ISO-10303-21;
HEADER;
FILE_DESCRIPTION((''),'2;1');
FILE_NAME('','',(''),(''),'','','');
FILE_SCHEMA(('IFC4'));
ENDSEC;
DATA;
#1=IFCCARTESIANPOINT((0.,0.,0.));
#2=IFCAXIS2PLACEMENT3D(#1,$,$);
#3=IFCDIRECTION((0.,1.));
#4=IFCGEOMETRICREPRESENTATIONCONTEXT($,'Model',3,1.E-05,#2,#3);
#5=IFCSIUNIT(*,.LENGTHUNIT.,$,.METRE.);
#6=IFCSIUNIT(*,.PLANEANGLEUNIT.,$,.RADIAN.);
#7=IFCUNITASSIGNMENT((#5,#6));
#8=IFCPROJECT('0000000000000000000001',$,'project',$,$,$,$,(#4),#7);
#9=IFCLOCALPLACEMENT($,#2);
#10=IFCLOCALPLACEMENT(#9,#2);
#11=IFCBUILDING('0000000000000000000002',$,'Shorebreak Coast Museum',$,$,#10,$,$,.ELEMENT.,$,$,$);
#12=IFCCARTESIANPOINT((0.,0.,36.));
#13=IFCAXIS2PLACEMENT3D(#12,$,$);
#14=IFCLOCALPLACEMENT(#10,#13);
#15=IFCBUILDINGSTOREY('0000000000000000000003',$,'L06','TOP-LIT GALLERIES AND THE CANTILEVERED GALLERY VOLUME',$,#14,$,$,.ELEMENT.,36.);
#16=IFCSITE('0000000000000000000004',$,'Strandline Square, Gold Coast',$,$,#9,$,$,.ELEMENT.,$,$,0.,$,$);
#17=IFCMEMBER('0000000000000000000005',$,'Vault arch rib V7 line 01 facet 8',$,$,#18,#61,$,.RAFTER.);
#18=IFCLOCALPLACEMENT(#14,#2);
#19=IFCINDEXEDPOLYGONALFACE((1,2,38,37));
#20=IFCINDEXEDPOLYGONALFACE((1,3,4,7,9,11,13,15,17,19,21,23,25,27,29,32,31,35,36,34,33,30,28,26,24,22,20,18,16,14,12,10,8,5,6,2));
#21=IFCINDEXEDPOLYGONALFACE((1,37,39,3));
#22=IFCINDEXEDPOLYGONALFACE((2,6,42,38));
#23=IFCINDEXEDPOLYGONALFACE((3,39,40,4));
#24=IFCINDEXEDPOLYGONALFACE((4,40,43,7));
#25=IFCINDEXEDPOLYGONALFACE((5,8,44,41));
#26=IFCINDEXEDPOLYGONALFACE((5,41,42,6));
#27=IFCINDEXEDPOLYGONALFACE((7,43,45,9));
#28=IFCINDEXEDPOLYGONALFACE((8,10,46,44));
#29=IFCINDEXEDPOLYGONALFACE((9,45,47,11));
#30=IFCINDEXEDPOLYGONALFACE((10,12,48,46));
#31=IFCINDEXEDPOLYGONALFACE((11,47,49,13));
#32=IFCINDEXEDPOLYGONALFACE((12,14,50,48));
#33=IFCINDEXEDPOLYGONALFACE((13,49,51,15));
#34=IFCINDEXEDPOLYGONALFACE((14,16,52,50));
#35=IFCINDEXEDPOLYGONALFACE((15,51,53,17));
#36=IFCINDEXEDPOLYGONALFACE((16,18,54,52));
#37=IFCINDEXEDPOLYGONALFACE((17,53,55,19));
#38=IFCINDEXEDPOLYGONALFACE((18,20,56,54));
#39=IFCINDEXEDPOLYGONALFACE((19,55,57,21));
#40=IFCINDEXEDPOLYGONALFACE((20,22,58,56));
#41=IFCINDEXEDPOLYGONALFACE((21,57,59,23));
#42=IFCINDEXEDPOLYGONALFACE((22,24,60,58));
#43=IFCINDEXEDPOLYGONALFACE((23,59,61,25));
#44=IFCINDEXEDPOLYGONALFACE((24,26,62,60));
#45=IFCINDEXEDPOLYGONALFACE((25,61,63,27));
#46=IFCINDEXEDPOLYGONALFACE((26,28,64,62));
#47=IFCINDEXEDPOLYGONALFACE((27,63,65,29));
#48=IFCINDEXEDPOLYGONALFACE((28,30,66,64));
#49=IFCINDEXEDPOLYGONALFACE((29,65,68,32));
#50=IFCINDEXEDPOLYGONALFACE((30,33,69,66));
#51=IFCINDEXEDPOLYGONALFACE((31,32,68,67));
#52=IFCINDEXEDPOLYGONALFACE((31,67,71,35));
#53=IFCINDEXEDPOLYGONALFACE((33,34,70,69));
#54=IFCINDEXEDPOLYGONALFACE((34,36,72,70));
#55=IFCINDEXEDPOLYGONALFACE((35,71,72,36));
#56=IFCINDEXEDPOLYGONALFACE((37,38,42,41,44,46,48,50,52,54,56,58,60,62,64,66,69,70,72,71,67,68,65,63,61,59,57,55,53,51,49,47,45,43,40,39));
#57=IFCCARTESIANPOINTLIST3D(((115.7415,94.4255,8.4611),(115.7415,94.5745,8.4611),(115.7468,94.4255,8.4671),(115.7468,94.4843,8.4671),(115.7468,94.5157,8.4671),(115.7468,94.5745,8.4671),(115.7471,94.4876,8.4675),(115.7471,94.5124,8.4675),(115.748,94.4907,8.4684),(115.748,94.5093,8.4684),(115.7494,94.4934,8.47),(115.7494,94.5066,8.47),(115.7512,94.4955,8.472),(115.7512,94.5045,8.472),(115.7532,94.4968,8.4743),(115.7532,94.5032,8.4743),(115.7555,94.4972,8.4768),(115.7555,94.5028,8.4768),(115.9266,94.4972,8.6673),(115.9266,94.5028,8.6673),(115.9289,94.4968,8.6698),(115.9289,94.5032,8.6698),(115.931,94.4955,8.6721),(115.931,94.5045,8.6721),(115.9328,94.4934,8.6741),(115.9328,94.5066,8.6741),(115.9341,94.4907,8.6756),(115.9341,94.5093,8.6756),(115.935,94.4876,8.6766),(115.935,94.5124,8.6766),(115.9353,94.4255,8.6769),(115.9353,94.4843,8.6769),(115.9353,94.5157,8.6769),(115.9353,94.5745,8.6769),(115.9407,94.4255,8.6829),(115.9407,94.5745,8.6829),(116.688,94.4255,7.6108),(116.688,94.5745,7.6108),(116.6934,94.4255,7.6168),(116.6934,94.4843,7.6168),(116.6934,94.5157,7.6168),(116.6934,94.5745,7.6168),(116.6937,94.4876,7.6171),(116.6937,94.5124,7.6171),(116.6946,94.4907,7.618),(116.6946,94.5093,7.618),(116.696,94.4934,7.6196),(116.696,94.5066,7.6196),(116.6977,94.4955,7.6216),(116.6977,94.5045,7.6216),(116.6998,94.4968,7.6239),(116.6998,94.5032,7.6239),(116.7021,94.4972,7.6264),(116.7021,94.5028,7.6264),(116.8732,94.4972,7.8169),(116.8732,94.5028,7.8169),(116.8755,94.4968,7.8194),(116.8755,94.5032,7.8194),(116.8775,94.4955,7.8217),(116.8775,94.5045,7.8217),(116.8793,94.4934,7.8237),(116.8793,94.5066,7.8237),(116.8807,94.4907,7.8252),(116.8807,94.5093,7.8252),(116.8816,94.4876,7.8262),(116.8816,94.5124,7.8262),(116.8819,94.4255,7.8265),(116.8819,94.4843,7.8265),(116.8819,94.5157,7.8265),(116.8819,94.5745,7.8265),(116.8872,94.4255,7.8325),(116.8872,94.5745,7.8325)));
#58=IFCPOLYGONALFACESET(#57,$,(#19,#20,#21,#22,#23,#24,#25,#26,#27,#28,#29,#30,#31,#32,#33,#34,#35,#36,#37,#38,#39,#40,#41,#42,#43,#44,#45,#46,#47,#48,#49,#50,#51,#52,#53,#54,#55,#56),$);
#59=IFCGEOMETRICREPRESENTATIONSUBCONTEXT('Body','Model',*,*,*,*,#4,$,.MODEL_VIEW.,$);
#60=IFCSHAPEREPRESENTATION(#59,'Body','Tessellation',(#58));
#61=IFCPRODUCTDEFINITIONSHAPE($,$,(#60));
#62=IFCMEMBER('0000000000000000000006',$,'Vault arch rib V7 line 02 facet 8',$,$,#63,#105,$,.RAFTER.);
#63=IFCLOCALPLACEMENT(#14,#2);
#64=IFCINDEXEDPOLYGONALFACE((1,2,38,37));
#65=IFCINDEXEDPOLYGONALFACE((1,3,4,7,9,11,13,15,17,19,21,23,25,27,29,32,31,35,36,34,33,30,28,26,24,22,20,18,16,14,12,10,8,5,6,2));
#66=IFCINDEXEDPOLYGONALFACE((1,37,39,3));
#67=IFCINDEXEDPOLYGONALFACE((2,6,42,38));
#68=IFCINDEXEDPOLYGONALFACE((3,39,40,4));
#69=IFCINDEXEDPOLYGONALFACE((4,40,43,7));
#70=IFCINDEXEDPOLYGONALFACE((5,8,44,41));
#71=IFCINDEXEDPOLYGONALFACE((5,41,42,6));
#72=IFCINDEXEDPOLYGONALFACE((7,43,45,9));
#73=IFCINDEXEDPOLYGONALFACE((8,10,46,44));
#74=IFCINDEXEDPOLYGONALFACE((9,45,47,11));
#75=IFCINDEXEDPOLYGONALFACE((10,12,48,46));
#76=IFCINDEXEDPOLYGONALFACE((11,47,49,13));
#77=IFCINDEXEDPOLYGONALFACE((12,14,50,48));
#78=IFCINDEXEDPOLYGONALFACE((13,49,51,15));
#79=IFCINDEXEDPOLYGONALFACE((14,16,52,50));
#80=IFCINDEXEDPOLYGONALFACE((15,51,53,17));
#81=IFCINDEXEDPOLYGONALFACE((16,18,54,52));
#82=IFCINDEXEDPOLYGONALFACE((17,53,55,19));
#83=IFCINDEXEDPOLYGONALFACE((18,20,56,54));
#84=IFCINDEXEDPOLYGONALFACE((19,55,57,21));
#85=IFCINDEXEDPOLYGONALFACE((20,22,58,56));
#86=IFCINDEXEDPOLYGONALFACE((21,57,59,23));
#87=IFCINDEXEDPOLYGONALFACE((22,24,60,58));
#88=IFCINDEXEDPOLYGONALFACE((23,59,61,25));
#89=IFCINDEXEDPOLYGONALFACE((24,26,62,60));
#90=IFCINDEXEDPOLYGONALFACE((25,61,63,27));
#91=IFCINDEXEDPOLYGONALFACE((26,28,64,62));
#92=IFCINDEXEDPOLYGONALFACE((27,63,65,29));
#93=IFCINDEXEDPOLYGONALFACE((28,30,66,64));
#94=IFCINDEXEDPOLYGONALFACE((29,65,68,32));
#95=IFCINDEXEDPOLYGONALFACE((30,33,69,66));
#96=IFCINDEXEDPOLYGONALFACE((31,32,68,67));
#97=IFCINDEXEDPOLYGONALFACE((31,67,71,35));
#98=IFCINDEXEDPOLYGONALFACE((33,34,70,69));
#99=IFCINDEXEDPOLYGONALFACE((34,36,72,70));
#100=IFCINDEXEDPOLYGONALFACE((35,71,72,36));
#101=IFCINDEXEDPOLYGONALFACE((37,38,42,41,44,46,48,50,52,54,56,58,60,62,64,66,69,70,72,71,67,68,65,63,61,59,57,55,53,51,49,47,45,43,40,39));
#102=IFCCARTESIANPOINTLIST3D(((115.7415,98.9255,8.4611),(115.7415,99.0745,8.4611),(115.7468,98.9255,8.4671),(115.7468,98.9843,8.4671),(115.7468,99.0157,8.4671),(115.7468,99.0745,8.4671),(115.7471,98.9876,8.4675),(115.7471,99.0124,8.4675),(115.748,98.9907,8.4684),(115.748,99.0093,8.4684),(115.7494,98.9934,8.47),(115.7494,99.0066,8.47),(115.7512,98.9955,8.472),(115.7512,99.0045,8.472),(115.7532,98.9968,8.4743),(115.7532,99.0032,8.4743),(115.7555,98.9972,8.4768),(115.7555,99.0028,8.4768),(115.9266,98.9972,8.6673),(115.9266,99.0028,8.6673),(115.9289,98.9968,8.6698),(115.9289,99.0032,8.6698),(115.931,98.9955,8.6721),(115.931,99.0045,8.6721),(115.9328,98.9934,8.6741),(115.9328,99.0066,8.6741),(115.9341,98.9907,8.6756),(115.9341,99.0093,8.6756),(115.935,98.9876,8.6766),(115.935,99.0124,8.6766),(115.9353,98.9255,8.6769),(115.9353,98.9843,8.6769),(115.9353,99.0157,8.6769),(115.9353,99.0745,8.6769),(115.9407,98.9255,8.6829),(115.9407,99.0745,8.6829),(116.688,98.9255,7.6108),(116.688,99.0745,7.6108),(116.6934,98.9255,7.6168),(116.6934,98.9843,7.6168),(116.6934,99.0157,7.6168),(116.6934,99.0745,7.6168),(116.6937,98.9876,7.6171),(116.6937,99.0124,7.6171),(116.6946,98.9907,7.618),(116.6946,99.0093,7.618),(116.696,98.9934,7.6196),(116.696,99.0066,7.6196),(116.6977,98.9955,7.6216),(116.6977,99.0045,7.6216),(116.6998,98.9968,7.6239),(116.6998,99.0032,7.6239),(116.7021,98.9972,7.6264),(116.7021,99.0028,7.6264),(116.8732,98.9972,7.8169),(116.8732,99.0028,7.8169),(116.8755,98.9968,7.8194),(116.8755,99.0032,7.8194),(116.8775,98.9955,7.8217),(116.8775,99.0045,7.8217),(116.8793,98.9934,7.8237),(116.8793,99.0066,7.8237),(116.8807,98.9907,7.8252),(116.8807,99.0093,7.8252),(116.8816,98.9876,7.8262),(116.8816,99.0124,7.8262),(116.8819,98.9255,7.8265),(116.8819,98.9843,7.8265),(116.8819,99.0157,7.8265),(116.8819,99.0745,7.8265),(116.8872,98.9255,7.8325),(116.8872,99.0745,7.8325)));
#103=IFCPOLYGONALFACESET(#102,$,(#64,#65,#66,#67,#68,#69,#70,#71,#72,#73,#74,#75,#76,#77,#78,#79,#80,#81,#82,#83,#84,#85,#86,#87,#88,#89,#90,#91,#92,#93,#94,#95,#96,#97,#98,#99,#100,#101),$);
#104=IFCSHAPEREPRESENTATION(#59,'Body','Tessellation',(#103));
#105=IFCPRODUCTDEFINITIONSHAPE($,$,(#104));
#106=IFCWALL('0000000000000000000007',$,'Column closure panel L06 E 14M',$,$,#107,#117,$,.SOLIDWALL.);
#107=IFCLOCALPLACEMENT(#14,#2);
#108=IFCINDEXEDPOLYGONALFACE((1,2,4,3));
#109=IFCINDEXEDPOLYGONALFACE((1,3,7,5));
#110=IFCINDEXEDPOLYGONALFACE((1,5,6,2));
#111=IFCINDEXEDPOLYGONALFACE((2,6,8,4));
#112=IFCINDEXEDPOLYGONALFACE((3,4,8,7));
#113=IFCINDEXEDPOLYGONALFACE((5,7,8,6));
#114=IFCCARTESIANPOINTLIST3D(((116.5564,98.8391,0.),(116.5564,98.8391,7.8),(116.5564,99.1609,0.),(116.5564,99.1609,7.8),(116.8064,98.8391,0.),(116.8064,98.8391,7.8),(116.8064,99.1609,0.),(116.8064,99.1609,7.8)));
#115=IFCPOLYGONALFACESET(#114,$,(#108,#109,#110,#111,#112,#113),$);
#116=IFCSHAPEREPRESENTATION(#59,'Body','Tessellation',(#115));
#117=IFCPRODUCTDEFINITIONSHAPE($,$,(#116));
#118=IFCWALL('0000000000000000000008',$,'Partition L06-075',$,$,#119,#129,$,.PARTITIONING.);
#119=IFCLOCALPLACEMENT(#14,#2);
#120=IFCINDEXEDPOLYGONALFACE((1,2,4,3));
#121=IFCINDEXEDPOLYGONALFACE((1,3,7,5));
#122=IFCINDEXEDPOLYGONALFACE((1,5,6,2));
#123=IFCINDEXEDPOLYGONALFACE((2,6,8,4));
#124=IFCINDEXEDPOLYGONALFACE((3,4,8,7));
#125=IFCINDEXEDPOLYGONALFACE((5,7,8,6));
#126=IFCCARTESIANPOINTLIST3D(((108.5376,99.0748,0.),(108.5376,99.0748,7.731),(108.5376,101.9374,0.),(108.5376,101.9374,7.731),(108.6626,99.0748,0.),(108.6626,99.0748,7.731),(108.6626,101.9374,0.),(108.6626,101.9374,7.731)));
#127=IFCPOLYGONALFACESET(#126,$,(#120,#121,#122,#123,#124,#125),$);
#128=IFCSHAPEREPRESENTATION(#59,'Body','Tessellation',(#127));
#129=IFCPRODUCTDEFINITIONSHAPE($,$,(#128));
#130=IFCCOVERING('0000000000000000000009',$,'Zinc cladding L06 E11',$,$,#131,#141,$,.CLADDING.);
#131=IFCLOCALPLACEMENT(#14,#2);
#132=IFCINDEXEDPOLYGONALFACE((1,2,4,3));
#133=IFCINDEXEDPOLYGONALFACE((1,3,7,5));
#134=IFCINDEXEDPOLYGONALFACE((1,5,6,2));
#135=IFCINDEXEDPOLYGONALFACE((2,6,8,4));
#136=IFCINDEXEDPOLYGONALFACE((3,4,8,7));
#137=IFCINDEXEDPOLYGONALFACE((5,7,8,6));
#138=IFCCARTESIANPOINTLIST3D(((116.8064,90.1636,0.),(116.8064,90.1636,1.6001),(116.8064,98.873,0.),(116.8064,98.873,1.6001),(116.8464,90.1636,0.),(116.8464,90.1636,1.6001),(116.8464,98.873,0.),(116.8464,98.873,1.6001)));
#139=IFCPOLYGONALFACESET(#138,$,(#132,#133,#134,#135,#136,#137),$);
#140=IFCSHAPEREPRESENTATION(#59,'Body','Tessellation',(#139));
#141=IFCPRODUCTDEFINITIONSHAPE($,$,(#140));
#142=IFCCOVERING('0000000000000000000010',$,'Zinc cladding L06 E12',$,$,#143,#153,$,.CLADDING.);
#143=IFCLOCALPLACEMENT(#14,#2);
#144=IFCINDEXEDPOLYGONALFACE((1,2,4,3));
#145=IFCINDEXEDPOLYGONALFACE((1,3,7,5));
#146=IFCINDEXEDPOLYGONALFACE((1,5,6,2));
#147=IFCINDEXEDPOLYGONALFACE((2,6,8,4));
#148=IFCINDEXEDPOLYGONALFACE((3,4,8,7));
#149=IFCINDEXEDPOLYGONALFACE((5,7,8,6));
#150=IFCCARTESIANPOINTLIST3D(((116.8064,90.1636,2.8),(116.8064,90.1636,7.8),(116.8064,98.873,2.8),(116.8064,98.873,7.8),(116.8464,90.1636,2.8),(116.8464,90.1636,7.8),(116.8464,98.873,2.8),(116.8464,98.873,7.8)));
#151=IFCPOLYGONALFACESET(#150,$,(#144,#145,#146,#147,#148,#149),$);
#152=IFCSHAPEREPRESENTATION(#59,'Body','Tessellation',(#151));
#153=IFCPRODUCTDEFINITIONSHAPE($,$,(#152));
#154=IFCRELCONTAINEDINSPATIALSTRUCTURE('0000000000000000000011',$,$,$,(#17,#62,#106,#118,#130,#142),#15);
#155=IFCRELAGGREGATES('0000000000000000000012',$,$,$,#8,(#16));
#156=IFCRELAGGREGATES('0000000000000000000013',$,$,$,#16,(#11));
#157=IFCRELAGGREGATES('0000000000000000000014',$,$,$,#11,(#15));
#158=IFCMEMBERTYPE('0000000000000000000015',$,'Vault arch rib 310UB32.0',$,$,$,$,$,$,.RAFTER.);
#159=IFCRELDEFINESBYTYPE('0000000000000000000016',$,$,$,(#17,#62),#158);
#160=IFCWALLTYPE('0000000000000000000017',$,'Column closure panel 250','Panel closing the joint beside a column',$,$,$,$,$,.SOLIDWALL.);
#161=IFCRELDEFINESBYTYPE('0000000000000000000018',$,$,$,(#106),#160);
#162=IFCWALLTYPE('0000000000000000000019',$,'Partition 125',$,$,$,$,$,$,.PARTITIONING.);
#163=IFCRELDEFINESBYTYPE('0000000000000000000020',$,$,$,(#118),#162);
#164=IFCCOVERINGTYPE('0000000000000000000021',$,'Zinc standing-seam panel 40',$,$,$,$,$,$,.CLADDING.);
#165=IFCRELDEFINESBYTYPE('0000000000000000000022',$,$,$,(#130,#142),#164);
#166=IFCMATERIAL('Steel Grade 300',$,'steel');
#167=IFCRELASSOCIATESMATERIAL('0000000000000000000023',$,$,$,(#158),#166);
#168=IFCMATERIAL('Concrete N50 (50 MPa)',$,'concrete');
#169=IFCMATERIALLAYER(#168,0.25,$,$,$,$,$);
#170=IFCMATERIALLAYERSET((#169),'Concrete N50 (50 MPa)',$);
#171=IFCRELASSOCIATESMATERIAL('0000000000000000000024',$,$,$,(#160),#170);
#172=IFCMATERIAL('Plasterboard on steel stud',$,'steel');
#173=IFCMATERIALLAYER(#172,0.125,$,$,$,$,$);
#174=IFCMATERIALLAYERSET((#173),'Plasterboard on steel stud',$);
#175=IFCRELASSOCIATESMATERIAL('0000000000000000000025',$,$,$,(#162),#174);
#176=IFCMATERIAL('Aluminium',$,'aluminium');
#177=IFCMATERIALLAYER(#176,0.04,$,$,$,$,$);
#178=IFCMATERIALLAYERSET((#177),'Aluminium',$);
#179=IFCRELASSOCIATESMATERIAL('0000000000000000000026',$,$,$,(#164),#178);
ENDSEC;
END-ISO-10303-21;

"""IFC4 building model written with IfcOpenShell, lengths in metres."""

from ifc_helpers import new_model, si_unit, direction, frame, frame_2d, origin, origin_2d, place, context, subcontext, project, spatial, rectangle, i_section, extrude, material, layer, layer_set, material_profile, profile_set, type_object, element, save


model = new_model("IFC4")

# Units and contexts
model_context = context("Model", 3, precision=1e-05, world=origin(), true_north=direction((0.0, 1.0)))
body_context = subcontext(model_context, "Body", "Model", "MODEL_VIEW")
ifc_project = project(units=[si_unit("LENGTHUNIT", "METRE"), si_unit("PLANEANGLEUNIT", "RADIAN")], contexts=[model_context])

# Site, building, storey
site_placement = place(None, origin())
site = spatial("IfcSite", under=ifc_project, at=site_placement, Name="Strandline Square, Gold Coast", CompositionType="ELEMENT", RefElevation=0.0)
building_placement = place(site_placement, origin())
building = spatial("IfcBuilding", under=site, at=building_placement, Name="Shorebreak Coast Museum", CompositionType="ELEMENT")
storey_placement = place(building_placement, frame((0.0, 0.0, 36.0)))
storey = spatial("IfcBuildingStorey", under=building, at=storey_placement, Name="L06", Description="TOP-LIT GALLERIES AND THE CANTILEVERED GALLERY VOLUME", CompositionType="ELEMENT", Elevation=36.0)

# Members
ifc_material_1 = material(Name="Steel Grade 300", Category="steel")
ifc_material_profile_1 = material_profile(ifc_material_1, i_section(OverallWidth=0.1489, OverallDepth=0.2981, WebThickness=0.0056, FlangeThickness=0.0081, FilletRadius=0.0129, at=origin_2d()), Name="310UB32.0")
ifc_profile_set_1 = profile_set([ifc_material_profile_1], Name="Steel Grade 300")
member_type_1 = type_object("IfcMemberType", Name="Vault arch rib 310UB32.0", PredefinedType="RAFTER", material=ifc_profile_set_1)
for number, where, z_axis, x_axis, name in (
    (1, (115.8411, 94.5, 8.572), (0.743895, 0.0, -0.668297), (0.0, 1.0, 0.0), "Vault arch rib V7 line 01 facet 8"),
    (2, (115.8411, 99.0, 8.572), (0.743895, 0.0, -0.668297), (0.0, 1.0, 0.0), "Vault arch rib V7 line 02 facet 8"),
):
    element("IfcMember", number, at=place(storey_placement, frame(where, z_axis=z_axis, x_axis=x_axis)), inside=storey, type_object=member_type_1, Name=name, PredefinedType="RAFTER", context=body_context, shape_type="SweptSolid", body=[
        extrude(i_section(OverallWidth=0.1489, OverallDepth=0.2981, WebThickness=0.0056, FlangeThickness=0.0081, FilletRadius=0.0129, at=origin_2d()), origin(), (0.0, 0.0, 1.0), 1.2725),
    ])

# Walls
ifc_material_2 = material(Name="Concrete N50 (50 MPa)", Category="concrete")
ifc_layer_1 = layer(ifc_material_2, 0.25)
ifc_layer_set_1 = layer_set([ifc_layer_1], Name="Concrete N50 (50 MPa)")
wall_type_1 = type_object("IfcWallType", Name="Column closure panel 250", Description="Panel closing the joint beside a column", PredefinedType="SOLIDWALL", material=ifc_layer_set_1)
wall_1_placement = place(storey_placement, frame((116.6814, 98.8391, 0.0), z_axis=(0.0, 0.0, 1.0), x_axis=(0.0, 1.0, 0.0)))
element("IfcWall", 3, at=wall_1_placement, inside=storey, type_object=wall_type_1, Name="Column closure panel L06 E 14M", PredefinedType="SOLIDWALL", context=body_context, shape_type="SweptSolid", body=[
    extrude(rectangle(XDim=0.3218, YDim=0.25, at=frame_2d((0.1609, 0.0))), origin(), (0.0, 0.0, 1.0), 7.8),
])
ifc_material_3 = material(Name="Plasterboard on steel stud", Category="steel")
ifc_layer_2 = layer(ifc_material_3, 0.125)
ifc_layer_set_2 = layer_set([ifc_layer_2], Name="Plasterboard on steel stud")
wall_type_2 = type_object("IfcWallType", Name="Partition 125", PredefinedType="PARTITIONING", material=ifc_layer_set_2)
wall_2_placement = place(storey_placement, frame((108.6001, 99.075, 0.0), z_axis=(0.0, 0.0, 1.0), x_axis=(0.0, 1.0, 0.0)))
element("IfcWall", 4, at=wall_2_placement, inside=storey, type_object=wall_type_2, Name="Partition L06-075", PredefinedType="PARTITIONING", context=body_context, shape_type="SweptSolid", body=[
    extrude(rectangle(XDim=2.8625, YDim=0.125, at=frame_2d((1.4312, 0.0))), origin(), (0.0, 0.0, 1.0), 7.731),
])

# Coverings
ifc_material_4 = material(Name="Aluminium", Category="aluminium")
ifc_layer_3 = layer(ifc_material_4, 0.04)
ifc_layer_set_3 = layer_set([ifc_layer_3], Name="Aluminium")
covering_type = type_object("IfcCoveringType", Name="Zinc standing-seam panel 40", PredefinedType="CLADDING", material=ifc_layer_set_3)
covering_1_placement = place(storey_placement, frame((116.8264, 94.5183, 0.0), z_axis=(0.0, 0.0, 1.0), x_axis=(1.0, 0.0, 0.0)))
element("IfcCovering", 5, at=covering_1_placement, inside=storey, type_object=covering_type, Name="Zinc cladding L06 E11", PredefinedType="CLADDING", context=body_context, shape_type="SweptSolid", body=[
    extrude(rectangle(XDim=0.04, YDim=8.7095, at=origin_2d()), origin(), (0.0, 0.0, 1.0), 1.6001),
])
covering_2_placement = place(storey_placement, frame((116.8264, 94.5183, 2.8), z_axis=(0.0, 0.0, 1.0), x_axis=(1.0, 0.0, 0.0)))
element("IfcCovering", 6, at=covering_2_placement, inside=storey, type_object=covering_type, Name="Zinc cladding L06 E12", PredefinedType="CLADDING", context=body_context, shape_type="SweptSolid", body=[
    extrude(rectangle(XDim=0.04, YDim=8.7095, at=origin_2d()), origin(), (0.0, 0.0, 1.0), 5.0),
])

save(model, "model.ifc")
